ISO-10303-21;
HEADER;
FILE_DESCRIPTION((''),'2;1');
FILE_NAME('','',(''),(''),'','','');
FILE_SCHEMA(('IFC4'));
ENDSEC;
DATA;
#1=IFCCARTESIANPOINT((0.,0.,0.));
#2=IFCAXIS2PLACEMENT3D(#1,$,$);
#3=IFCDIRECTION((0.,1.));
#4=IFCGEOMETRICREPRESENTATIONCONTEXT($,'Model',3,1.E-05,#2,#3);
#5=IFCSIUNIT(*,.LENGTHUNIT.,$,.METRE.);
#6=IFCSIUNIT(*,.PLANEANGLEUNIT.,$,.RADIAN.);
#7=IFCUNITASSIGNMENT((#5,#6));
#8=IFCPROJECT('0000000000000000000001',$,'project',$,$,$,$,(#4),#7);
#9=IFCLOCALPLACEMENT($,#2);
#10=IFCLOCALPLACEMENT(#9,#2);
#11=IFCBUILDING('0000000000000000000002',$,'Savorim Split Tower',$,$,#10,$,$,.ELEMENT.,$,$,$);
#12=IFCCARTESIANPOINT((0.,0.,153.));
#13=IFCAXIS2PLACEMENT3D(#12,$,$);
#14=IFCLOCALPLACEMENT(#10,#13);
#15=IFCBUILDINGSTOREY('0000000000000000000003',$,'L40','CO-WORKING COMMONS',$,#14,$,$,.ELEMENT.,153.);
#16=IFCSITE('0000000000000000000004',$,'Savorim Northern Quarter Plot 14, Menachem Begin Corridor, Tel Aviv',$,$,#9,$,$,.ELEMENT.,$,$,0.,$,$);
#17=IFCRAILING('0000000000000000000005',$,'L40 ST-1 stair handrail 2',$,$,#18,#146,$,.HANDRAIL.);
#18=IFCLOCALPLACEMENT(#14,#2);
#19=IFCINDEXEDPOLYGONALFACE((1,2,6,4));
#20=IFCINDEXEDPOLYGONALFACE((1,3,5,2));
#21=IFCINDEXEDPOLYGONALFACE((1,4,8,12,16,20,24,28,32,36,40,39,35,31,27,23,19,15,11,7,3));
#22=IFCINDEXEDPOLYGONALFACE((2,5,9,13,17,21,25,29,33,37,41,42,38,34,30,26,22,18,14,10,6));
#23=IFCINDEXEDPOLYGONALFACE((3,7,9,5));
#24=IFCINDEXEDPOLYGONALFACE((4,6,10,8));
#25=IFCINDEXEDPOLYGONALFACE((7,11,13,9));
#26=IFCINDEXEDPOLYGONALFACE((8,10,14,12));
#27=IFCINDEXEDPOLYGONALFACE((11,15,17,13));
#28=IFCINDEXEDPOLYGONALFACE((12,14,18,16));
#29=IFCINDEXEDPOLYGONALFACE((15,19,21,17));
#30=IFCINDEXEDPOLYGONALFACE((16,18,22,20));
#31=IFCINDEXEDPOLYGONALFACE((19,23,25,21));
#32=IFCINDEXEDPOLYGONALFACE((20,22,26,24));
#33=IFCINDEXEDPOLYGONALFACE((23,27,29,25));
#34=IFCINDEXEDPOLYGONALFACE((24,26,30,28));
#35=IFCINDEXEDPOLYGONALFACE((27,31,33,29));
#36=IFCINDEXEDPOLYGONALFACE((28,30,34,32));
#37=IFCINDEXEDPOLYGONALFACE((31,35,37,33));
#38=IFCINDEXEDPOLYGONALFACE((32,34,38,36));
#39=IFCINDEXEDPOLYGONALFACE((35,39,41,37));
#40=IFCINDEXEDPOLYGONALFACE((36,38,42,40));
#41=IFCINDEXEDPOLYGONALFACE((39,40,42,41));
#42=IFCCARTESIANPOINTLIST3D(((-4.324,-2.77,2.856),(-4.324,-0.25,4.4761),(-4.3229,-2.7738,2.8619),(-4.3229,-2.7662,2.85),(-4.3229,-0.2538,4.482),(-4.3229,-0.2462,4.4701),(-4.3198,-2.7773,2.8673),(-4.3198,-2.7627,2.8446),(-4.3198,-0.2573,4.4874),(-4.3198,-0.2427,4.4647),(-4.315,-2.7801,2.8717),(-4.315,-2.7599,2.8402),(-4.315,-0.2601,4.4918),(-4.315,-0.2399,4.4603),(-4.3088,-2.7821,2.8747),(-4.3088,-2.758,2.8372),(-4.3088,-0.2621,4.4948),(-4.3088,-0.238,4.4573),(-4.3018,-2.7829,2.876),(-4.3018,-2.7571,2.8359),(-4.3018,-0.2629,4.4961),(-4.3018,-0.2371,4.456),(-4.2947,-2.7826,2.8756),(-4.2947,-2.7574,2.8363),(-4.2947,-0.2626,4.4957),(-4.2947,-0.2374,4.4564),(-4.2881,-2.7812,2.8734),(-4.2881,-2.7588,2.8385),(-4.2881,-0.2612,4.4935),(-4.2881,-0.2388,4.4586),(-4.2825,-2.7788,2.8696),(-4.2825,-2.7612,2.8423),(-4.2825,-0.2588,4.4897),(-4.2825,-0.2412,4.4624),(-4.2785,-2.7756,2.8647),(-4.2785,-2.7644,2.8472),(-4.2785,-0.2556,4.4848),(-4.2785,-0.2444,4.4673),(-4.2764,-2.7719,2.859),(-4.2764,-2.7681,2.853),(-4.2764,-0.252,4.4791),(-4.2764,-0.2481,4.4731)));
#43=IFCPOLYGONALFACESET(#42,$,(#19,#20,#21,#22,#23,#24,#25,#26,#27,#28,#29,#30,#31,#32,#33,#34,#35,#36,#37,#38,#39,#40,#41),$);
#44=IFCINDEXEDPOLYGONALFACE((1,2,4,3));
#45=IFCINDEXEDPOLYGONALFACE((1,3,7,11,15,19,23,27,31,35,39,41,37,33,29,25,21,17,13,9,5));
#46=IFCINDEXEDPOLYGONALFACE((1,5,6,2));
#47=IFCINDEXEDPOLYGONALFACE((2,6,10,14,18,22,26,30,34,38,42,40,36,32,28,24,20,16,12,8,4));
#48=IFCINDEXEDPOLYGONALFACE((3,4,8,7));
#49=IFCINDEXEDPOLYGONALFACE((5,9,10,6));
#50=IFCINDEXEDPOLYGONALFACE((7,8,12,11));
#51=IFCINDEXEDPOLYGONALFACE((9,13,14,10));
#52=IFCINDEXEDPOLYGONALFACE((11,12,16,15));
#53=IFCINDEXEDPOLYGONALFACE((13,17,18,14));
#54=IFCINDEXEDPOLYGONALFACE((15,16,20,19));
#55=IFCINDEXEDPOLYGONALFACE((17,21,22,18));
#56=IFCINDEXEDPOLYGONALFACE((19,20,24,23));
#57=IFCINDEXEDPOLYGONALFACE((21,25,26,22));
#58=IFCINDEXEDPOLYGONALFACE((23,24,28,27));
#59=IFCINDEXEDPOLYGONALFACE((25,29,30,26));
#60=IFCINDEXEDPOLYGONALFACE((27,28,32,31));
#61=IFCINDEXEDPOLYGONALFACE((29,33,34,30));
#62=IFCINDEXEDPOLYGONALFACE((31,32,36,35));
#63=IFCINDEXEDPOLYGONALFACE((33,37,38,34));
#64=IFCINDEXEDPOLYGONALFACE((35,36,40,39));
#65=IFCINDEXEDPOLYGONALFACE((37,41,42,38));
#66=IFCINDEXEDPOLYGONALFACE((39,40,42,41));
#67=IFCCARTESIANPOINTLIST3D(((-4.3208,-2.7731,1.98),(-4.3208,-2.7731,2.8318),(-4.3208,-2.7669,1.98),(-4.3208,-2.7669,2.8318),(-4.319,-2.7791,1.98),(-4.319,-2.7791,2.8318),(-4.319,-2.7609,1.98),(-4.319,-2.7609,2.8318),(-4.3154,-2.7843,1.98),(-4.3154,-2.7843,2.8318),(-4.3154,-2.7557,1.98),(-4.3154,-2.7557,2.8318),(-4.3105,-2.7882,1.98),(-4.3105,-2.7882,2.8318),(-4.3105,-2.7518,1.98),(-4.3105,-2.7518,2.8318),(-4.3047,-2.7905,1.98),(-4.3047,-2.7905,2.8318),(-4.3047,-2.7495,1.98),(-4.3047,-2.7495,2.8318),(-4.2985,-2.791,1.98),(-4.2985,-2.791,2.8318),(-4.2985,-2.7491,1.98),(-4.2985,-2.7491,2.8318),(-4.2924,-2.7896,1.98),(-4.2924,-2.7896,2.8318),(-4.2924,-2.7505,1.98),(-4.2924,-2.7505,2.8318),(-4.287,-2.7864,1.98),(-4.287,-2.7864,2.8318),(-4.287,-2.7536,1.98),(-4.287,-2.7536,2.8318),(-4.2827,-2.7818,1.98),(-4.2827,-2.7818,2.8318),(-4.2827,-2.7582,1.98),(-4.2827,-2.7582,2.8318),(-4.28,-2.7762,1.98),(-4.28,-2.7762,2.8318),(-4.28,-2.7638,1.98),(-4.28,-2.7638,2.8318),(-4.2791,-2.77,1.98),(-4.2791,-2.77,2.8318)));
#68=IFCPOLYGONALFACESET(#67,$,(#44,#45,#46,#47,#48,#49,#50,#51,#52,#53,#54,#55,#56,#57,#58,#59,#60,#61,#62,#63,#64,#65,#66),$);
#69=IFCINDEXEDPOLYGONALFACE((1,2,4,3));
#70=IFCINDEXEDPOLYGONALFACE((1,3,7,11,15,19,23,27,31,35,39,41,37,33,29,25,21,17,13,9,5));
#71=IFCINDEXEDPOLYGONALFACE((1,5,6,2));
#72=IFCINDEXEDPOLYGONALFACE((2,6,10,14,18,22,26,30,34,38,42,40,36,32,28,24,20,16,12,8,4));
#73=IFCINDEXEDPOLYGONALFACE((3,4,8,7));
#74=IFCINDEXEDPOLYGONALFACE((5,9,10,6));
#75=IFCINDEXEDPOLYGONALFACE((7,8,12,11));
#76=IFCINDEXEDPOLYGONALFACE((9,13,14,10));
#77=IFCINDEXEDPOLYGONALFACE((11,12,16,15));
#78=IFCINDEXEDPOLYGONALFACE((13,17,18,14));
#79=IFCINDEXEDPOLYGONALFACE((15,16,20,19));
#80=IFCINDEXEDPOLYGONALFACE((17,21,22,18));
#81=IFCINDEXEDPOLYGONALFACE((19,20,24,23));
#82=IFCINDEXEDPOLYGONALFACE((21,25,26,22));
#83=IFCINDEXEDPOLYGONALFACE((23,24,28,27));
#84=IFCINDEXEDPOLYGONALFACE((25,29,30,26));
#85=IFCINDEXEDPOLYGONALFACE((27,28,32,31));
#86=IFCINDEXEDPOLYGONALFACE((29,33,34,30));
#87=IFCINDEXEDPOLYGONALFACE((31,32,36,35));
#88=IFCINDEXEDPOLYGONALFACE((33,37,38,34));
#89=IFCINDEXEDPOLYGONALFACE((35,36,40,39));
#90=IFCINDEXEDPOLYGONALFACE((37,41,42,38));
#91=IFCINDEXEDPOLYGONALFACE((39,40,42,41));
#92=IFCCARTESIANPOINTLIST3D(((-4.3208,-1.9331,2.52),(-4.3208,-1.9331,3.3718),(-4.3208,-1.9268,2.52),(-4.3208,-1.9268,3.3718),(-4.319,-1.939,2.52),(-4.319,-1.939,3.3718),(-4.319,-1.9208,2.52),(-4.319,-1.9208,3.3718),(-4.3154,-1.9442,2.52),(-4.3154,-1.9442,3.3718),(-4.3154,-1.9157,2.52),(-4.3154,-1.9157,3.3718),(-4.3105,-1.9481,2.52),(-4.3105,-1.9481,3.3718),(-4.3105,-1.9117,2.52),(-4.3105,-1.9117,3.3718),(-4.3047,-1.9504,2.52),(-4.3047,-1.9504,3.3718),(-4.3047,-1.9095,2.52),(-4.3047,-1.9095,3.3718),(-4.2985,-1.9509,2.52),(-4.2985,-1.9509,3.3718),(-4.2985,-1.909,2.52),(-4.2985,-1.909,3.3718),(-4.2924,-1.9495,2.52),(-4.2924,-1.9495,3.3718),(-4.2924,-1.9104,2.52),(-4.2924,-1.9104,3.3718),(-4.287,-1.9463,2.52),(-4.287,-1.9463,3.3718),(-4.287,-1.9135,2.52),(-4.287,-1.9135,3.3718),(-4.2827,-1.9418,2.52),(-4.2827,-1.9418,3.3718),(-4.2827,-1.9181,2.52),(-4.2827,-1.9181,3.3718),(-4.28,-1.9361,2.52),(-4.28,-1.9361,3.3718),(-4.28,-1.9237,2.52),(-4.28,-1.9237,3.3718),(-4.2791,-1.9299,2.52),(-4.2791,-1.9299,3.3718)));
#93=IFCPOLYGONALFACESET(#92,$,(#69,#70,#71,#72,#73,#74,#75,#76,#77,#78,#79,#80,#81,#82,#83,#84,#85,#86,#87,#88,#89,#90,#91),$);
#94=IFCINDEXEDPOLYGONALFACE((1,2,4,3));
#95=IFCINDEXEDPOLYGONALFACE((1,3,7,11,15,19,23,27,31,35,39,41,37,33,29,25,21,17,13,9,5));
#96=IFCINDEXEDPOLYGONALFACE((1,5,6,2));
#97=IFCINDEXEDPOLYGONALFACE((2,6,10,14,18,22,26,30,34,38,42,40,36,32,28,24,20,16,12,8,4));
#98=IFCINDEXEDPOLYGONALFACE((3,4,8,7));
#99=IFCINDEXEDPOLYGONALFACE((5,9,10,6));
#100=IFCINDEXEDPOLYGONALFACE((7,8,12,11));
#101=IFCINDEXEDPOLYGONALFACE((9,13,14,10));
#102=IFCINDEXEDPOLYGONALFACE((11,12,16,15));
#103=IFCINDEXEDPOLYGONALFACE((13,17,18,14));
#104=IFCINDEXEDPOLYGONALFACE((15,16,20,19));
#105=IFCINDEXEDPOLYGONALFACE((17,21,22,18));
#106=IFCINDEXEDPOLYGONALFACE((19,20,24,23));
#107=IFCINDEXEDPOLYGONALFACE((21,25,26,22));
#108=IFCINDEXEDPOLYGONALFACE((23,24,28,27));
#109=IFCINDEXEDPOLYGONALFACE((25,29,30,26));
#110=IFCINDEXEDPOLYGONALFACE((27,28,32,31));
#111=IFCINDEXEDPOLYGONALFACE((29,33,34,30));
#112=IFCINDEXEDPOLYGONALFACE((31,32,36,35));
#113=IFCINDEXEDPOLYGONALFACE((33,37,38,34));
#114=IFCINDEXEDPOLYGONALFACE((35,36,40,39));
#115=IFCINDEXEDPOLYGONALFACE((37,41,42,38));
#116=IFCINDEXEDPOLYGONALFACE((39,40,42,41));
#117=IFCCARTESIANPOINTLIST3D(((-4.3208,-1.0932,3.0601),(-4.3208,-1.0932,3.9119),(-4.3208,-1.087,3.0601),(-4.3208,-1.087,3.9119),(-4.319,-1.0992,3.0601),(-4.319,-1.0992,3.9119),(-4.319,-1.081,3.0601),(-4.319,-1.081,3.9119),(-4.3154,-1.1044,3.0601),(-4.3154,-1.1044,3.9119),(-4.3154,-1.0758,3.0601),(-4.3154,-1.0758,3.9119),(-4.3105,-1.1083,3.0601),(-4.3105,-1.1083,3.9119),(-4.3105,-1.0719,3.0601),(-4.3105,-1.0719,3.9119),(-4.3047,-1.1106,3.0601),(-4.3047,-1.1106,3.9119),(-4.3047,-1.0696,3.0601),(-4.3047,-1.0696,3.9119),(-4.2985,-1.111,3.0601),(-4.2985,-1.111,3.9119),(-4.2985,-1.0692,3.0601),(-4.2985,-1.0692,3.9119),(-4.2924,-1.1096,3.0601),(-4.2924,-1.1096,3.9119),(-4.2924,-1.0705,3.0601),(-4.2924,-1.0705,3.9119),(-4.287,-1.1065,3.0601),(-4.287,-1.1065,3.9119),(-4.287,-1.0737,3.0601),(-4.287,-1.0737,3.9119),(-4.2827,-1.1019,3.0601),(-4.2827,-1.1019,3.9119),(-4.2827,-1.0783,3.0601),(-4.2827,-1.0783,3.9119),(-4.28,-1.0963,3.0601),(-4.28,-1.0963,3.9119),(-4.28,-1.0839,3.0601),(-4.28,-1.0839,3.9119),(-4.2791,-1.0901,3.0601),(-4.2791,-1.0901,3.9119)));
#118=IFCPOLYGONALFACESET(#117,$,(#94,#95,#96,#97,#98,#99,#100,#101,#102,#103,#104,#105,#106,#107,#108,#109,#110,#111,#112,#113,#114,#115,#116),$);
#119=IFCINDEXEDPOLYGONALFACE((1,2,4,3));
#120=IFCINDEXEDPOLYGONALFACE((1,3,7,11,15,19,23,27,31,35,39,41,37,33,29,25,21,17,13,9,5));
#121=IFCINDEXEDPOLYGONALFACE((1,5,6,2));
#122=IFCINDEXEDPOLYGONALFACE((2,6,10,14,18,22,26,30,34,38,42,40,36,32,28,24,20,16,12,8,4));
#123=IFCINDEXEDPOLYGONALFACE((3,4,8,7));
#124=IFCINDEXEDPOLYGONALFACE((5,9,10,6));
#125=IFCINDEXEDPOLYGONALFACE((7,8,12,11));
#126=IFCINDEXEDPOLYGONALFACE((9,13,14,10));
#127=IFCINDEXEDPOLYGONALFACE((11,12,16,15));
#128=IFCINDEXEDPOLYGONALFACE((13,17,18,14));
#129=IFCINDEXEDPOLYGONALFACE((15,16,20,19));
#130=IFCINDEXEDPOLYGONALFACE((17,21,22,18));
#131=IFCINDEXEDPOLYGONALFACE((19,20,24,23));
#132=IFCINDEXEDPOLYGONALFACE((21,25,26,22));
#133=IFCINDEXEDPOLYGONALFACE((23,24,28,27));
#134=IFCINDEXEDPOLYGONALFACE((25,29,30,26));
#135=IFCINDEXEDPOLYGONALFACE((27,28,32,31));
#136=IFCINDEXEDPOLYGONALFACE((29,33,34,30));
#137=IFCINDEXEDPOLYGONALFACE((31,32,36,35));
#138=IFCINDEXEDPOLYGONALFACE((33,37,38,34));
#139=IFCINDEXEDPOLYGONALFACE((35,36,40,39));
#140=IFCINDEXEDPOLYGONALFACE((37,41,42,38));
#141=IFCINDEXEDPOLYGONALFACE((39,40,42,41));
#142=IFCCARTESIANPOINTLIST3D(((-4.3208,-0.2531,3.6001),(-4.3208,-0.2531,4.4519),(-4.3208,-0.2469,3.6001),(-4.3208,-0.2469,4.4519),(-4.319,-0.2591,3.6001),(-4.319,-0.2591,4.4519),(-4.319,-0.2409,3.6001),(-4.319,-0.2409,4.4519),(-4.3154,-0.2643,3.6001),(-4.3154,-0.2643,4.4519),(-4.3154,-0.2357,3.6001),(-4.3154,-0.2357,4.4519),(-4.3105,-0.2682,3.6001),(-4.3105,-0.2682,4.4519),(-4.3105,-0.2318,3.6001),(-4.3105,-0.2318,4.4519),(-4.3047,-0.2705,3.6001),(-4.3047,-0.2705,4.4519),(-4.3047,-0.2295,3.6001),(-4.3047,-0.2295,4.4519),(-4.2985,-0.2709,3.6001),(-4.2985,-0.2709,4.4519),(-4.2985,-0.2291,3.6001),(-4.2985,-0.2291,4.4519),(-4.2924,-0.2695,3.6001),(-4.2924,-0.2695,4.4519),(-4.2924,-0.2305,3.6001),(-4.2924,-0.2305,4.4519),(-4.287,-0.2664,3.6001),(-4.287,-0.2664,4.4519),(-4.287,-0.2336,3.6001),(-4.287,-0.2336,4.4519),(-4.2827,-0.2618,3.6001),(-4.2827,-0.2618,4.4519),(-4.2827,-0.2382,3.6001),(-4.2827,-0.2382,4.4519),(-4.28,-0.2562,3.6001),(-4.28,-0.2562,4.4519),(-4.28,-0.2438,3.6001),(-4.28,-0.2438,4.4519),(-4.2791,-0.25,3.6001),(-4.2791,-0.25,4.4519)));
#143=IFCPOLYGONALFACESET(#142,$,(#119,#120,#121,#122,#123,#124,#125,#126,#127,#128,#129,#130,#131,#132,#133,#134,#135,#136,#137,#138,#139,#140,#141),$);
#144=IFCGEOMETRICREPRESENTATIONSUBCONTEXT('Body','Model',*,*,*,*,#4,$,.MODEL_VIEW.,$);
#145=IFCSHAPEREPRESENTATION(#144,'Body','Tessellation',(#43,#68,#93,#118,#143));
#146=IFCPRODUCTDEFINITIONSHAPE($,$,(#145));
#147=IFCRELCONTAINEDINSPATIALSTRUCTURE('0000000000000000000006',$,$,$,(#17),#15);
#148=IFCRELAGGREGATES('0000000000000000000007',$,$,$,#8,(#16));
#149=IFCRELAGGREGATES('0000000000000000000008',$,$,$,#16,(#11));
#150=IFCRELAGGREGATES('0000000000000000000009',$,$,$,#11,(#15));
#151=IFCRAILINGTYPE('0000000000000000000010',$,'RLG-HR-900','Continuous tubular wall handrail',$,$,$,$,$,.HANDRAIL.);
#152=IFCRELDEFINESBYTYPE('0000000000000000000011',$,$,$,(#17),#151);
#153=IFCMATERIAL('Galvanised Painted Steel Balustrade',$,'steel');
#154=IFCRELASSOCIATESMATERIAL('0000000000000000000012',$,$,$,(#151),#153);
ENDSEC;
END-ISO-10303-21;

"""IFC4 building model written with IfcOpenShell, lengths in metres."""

from ifc_helpers import new_model, si_unit, direction, frame, origin, origin_2d, place, context, subcontext, project, spatial, circle, extrude, material, type_object, element, save


model = new_model("IFC4")

# Units and contexts
model_context = context("Model", 3, precision=1e-05, world=origin(), true_north=direction((0.0, 1.0)))
body_context = subcontext(model_context, "Body", "Model", "MODEL_VIEW")
ifc_project = project(units=[si_unit("LENGTHUNIT", "METRE"), si_unit("PLANEANGLEUNIT", "RADIAN")], contexts=[model_context])

# Site, building, storey
site_placement = place(None, origin())
site = spatial("IfcSite", under=ifc_project, at=site_placement, Name="Savorim Northern Quarter Plot 14, Menachem Begin Corridor, Tel Aviv", CompositionType="ELEMENT", RefElevation=0.0)
building_placement = place(site_placement, origin())
building = spatial("IfcBuilding", under=site, at=building_placement, Name="Savorim Split Tower", CompositionType="ELEMENT")
storey_placement = place(building_placement, frame((0.0, 0.0, 153.0)))
storey = spatial("IfcBuildingStorey", under=building, at=storey_placement, Name="L40", Description="CO-WORKING COMMONS", CompositionType="ELEMENT", Elevation=153.0)

# Railing
ifc_material_1 = material(Name="Galvanised Painted Steel Balustrade", Category="steel")
railing_type_1 = type_object("IfcRailingType", Name="RLG-HR-900", Description="Continuous tubular wall handrail", PredefinedType="HANDRAIL", material=ifc_material_1)
railing_1_placement = place(storey_placement, frame((-4.3, -2.77, 1.98)))
element("IfcRailing", 1, at=railing_1_placement, inside=storey, type_object=railing_type_1, Name="L40 ST-1 stair handrail 2", PredefinedType="HANDRAIL", context=body_context, shape_type="SweptSolid", body=[
    extrude(circle(Radius=0.0239, at=origin_2d()), frame((0.0, 0.0, 0.876), z_axis=(0.0, 0.841163, 0.540782), x_axis=(-1.0, 0.0, 0.0)), (0.0, 0.0, 1.0), 2.9958),
    extrude(circle(Radius=0.021, at=origin_2d()), origin(), (0.0, 0.0, 1.0), 0.8518),
    extrude(circle(Radius=0.021, at=origin_2d()), frame((0.0, 0.8401, 0.54)), (0.0, 0.0, 1.0), 0.8518),
    extrude(circle(Radius=0.021, at=origin_2d()), frame((0.0, 1.6799, 1.0801)), (0.0, 0.0, 1.0), 0.8518),
    extrude(circle(Radius=0.021, at=origin_2d()), frame((0.0, 2.52, 1.6201)), (0.0, 0.0, 1.0), 0.8518),
])

save(model, "model.ifc")
